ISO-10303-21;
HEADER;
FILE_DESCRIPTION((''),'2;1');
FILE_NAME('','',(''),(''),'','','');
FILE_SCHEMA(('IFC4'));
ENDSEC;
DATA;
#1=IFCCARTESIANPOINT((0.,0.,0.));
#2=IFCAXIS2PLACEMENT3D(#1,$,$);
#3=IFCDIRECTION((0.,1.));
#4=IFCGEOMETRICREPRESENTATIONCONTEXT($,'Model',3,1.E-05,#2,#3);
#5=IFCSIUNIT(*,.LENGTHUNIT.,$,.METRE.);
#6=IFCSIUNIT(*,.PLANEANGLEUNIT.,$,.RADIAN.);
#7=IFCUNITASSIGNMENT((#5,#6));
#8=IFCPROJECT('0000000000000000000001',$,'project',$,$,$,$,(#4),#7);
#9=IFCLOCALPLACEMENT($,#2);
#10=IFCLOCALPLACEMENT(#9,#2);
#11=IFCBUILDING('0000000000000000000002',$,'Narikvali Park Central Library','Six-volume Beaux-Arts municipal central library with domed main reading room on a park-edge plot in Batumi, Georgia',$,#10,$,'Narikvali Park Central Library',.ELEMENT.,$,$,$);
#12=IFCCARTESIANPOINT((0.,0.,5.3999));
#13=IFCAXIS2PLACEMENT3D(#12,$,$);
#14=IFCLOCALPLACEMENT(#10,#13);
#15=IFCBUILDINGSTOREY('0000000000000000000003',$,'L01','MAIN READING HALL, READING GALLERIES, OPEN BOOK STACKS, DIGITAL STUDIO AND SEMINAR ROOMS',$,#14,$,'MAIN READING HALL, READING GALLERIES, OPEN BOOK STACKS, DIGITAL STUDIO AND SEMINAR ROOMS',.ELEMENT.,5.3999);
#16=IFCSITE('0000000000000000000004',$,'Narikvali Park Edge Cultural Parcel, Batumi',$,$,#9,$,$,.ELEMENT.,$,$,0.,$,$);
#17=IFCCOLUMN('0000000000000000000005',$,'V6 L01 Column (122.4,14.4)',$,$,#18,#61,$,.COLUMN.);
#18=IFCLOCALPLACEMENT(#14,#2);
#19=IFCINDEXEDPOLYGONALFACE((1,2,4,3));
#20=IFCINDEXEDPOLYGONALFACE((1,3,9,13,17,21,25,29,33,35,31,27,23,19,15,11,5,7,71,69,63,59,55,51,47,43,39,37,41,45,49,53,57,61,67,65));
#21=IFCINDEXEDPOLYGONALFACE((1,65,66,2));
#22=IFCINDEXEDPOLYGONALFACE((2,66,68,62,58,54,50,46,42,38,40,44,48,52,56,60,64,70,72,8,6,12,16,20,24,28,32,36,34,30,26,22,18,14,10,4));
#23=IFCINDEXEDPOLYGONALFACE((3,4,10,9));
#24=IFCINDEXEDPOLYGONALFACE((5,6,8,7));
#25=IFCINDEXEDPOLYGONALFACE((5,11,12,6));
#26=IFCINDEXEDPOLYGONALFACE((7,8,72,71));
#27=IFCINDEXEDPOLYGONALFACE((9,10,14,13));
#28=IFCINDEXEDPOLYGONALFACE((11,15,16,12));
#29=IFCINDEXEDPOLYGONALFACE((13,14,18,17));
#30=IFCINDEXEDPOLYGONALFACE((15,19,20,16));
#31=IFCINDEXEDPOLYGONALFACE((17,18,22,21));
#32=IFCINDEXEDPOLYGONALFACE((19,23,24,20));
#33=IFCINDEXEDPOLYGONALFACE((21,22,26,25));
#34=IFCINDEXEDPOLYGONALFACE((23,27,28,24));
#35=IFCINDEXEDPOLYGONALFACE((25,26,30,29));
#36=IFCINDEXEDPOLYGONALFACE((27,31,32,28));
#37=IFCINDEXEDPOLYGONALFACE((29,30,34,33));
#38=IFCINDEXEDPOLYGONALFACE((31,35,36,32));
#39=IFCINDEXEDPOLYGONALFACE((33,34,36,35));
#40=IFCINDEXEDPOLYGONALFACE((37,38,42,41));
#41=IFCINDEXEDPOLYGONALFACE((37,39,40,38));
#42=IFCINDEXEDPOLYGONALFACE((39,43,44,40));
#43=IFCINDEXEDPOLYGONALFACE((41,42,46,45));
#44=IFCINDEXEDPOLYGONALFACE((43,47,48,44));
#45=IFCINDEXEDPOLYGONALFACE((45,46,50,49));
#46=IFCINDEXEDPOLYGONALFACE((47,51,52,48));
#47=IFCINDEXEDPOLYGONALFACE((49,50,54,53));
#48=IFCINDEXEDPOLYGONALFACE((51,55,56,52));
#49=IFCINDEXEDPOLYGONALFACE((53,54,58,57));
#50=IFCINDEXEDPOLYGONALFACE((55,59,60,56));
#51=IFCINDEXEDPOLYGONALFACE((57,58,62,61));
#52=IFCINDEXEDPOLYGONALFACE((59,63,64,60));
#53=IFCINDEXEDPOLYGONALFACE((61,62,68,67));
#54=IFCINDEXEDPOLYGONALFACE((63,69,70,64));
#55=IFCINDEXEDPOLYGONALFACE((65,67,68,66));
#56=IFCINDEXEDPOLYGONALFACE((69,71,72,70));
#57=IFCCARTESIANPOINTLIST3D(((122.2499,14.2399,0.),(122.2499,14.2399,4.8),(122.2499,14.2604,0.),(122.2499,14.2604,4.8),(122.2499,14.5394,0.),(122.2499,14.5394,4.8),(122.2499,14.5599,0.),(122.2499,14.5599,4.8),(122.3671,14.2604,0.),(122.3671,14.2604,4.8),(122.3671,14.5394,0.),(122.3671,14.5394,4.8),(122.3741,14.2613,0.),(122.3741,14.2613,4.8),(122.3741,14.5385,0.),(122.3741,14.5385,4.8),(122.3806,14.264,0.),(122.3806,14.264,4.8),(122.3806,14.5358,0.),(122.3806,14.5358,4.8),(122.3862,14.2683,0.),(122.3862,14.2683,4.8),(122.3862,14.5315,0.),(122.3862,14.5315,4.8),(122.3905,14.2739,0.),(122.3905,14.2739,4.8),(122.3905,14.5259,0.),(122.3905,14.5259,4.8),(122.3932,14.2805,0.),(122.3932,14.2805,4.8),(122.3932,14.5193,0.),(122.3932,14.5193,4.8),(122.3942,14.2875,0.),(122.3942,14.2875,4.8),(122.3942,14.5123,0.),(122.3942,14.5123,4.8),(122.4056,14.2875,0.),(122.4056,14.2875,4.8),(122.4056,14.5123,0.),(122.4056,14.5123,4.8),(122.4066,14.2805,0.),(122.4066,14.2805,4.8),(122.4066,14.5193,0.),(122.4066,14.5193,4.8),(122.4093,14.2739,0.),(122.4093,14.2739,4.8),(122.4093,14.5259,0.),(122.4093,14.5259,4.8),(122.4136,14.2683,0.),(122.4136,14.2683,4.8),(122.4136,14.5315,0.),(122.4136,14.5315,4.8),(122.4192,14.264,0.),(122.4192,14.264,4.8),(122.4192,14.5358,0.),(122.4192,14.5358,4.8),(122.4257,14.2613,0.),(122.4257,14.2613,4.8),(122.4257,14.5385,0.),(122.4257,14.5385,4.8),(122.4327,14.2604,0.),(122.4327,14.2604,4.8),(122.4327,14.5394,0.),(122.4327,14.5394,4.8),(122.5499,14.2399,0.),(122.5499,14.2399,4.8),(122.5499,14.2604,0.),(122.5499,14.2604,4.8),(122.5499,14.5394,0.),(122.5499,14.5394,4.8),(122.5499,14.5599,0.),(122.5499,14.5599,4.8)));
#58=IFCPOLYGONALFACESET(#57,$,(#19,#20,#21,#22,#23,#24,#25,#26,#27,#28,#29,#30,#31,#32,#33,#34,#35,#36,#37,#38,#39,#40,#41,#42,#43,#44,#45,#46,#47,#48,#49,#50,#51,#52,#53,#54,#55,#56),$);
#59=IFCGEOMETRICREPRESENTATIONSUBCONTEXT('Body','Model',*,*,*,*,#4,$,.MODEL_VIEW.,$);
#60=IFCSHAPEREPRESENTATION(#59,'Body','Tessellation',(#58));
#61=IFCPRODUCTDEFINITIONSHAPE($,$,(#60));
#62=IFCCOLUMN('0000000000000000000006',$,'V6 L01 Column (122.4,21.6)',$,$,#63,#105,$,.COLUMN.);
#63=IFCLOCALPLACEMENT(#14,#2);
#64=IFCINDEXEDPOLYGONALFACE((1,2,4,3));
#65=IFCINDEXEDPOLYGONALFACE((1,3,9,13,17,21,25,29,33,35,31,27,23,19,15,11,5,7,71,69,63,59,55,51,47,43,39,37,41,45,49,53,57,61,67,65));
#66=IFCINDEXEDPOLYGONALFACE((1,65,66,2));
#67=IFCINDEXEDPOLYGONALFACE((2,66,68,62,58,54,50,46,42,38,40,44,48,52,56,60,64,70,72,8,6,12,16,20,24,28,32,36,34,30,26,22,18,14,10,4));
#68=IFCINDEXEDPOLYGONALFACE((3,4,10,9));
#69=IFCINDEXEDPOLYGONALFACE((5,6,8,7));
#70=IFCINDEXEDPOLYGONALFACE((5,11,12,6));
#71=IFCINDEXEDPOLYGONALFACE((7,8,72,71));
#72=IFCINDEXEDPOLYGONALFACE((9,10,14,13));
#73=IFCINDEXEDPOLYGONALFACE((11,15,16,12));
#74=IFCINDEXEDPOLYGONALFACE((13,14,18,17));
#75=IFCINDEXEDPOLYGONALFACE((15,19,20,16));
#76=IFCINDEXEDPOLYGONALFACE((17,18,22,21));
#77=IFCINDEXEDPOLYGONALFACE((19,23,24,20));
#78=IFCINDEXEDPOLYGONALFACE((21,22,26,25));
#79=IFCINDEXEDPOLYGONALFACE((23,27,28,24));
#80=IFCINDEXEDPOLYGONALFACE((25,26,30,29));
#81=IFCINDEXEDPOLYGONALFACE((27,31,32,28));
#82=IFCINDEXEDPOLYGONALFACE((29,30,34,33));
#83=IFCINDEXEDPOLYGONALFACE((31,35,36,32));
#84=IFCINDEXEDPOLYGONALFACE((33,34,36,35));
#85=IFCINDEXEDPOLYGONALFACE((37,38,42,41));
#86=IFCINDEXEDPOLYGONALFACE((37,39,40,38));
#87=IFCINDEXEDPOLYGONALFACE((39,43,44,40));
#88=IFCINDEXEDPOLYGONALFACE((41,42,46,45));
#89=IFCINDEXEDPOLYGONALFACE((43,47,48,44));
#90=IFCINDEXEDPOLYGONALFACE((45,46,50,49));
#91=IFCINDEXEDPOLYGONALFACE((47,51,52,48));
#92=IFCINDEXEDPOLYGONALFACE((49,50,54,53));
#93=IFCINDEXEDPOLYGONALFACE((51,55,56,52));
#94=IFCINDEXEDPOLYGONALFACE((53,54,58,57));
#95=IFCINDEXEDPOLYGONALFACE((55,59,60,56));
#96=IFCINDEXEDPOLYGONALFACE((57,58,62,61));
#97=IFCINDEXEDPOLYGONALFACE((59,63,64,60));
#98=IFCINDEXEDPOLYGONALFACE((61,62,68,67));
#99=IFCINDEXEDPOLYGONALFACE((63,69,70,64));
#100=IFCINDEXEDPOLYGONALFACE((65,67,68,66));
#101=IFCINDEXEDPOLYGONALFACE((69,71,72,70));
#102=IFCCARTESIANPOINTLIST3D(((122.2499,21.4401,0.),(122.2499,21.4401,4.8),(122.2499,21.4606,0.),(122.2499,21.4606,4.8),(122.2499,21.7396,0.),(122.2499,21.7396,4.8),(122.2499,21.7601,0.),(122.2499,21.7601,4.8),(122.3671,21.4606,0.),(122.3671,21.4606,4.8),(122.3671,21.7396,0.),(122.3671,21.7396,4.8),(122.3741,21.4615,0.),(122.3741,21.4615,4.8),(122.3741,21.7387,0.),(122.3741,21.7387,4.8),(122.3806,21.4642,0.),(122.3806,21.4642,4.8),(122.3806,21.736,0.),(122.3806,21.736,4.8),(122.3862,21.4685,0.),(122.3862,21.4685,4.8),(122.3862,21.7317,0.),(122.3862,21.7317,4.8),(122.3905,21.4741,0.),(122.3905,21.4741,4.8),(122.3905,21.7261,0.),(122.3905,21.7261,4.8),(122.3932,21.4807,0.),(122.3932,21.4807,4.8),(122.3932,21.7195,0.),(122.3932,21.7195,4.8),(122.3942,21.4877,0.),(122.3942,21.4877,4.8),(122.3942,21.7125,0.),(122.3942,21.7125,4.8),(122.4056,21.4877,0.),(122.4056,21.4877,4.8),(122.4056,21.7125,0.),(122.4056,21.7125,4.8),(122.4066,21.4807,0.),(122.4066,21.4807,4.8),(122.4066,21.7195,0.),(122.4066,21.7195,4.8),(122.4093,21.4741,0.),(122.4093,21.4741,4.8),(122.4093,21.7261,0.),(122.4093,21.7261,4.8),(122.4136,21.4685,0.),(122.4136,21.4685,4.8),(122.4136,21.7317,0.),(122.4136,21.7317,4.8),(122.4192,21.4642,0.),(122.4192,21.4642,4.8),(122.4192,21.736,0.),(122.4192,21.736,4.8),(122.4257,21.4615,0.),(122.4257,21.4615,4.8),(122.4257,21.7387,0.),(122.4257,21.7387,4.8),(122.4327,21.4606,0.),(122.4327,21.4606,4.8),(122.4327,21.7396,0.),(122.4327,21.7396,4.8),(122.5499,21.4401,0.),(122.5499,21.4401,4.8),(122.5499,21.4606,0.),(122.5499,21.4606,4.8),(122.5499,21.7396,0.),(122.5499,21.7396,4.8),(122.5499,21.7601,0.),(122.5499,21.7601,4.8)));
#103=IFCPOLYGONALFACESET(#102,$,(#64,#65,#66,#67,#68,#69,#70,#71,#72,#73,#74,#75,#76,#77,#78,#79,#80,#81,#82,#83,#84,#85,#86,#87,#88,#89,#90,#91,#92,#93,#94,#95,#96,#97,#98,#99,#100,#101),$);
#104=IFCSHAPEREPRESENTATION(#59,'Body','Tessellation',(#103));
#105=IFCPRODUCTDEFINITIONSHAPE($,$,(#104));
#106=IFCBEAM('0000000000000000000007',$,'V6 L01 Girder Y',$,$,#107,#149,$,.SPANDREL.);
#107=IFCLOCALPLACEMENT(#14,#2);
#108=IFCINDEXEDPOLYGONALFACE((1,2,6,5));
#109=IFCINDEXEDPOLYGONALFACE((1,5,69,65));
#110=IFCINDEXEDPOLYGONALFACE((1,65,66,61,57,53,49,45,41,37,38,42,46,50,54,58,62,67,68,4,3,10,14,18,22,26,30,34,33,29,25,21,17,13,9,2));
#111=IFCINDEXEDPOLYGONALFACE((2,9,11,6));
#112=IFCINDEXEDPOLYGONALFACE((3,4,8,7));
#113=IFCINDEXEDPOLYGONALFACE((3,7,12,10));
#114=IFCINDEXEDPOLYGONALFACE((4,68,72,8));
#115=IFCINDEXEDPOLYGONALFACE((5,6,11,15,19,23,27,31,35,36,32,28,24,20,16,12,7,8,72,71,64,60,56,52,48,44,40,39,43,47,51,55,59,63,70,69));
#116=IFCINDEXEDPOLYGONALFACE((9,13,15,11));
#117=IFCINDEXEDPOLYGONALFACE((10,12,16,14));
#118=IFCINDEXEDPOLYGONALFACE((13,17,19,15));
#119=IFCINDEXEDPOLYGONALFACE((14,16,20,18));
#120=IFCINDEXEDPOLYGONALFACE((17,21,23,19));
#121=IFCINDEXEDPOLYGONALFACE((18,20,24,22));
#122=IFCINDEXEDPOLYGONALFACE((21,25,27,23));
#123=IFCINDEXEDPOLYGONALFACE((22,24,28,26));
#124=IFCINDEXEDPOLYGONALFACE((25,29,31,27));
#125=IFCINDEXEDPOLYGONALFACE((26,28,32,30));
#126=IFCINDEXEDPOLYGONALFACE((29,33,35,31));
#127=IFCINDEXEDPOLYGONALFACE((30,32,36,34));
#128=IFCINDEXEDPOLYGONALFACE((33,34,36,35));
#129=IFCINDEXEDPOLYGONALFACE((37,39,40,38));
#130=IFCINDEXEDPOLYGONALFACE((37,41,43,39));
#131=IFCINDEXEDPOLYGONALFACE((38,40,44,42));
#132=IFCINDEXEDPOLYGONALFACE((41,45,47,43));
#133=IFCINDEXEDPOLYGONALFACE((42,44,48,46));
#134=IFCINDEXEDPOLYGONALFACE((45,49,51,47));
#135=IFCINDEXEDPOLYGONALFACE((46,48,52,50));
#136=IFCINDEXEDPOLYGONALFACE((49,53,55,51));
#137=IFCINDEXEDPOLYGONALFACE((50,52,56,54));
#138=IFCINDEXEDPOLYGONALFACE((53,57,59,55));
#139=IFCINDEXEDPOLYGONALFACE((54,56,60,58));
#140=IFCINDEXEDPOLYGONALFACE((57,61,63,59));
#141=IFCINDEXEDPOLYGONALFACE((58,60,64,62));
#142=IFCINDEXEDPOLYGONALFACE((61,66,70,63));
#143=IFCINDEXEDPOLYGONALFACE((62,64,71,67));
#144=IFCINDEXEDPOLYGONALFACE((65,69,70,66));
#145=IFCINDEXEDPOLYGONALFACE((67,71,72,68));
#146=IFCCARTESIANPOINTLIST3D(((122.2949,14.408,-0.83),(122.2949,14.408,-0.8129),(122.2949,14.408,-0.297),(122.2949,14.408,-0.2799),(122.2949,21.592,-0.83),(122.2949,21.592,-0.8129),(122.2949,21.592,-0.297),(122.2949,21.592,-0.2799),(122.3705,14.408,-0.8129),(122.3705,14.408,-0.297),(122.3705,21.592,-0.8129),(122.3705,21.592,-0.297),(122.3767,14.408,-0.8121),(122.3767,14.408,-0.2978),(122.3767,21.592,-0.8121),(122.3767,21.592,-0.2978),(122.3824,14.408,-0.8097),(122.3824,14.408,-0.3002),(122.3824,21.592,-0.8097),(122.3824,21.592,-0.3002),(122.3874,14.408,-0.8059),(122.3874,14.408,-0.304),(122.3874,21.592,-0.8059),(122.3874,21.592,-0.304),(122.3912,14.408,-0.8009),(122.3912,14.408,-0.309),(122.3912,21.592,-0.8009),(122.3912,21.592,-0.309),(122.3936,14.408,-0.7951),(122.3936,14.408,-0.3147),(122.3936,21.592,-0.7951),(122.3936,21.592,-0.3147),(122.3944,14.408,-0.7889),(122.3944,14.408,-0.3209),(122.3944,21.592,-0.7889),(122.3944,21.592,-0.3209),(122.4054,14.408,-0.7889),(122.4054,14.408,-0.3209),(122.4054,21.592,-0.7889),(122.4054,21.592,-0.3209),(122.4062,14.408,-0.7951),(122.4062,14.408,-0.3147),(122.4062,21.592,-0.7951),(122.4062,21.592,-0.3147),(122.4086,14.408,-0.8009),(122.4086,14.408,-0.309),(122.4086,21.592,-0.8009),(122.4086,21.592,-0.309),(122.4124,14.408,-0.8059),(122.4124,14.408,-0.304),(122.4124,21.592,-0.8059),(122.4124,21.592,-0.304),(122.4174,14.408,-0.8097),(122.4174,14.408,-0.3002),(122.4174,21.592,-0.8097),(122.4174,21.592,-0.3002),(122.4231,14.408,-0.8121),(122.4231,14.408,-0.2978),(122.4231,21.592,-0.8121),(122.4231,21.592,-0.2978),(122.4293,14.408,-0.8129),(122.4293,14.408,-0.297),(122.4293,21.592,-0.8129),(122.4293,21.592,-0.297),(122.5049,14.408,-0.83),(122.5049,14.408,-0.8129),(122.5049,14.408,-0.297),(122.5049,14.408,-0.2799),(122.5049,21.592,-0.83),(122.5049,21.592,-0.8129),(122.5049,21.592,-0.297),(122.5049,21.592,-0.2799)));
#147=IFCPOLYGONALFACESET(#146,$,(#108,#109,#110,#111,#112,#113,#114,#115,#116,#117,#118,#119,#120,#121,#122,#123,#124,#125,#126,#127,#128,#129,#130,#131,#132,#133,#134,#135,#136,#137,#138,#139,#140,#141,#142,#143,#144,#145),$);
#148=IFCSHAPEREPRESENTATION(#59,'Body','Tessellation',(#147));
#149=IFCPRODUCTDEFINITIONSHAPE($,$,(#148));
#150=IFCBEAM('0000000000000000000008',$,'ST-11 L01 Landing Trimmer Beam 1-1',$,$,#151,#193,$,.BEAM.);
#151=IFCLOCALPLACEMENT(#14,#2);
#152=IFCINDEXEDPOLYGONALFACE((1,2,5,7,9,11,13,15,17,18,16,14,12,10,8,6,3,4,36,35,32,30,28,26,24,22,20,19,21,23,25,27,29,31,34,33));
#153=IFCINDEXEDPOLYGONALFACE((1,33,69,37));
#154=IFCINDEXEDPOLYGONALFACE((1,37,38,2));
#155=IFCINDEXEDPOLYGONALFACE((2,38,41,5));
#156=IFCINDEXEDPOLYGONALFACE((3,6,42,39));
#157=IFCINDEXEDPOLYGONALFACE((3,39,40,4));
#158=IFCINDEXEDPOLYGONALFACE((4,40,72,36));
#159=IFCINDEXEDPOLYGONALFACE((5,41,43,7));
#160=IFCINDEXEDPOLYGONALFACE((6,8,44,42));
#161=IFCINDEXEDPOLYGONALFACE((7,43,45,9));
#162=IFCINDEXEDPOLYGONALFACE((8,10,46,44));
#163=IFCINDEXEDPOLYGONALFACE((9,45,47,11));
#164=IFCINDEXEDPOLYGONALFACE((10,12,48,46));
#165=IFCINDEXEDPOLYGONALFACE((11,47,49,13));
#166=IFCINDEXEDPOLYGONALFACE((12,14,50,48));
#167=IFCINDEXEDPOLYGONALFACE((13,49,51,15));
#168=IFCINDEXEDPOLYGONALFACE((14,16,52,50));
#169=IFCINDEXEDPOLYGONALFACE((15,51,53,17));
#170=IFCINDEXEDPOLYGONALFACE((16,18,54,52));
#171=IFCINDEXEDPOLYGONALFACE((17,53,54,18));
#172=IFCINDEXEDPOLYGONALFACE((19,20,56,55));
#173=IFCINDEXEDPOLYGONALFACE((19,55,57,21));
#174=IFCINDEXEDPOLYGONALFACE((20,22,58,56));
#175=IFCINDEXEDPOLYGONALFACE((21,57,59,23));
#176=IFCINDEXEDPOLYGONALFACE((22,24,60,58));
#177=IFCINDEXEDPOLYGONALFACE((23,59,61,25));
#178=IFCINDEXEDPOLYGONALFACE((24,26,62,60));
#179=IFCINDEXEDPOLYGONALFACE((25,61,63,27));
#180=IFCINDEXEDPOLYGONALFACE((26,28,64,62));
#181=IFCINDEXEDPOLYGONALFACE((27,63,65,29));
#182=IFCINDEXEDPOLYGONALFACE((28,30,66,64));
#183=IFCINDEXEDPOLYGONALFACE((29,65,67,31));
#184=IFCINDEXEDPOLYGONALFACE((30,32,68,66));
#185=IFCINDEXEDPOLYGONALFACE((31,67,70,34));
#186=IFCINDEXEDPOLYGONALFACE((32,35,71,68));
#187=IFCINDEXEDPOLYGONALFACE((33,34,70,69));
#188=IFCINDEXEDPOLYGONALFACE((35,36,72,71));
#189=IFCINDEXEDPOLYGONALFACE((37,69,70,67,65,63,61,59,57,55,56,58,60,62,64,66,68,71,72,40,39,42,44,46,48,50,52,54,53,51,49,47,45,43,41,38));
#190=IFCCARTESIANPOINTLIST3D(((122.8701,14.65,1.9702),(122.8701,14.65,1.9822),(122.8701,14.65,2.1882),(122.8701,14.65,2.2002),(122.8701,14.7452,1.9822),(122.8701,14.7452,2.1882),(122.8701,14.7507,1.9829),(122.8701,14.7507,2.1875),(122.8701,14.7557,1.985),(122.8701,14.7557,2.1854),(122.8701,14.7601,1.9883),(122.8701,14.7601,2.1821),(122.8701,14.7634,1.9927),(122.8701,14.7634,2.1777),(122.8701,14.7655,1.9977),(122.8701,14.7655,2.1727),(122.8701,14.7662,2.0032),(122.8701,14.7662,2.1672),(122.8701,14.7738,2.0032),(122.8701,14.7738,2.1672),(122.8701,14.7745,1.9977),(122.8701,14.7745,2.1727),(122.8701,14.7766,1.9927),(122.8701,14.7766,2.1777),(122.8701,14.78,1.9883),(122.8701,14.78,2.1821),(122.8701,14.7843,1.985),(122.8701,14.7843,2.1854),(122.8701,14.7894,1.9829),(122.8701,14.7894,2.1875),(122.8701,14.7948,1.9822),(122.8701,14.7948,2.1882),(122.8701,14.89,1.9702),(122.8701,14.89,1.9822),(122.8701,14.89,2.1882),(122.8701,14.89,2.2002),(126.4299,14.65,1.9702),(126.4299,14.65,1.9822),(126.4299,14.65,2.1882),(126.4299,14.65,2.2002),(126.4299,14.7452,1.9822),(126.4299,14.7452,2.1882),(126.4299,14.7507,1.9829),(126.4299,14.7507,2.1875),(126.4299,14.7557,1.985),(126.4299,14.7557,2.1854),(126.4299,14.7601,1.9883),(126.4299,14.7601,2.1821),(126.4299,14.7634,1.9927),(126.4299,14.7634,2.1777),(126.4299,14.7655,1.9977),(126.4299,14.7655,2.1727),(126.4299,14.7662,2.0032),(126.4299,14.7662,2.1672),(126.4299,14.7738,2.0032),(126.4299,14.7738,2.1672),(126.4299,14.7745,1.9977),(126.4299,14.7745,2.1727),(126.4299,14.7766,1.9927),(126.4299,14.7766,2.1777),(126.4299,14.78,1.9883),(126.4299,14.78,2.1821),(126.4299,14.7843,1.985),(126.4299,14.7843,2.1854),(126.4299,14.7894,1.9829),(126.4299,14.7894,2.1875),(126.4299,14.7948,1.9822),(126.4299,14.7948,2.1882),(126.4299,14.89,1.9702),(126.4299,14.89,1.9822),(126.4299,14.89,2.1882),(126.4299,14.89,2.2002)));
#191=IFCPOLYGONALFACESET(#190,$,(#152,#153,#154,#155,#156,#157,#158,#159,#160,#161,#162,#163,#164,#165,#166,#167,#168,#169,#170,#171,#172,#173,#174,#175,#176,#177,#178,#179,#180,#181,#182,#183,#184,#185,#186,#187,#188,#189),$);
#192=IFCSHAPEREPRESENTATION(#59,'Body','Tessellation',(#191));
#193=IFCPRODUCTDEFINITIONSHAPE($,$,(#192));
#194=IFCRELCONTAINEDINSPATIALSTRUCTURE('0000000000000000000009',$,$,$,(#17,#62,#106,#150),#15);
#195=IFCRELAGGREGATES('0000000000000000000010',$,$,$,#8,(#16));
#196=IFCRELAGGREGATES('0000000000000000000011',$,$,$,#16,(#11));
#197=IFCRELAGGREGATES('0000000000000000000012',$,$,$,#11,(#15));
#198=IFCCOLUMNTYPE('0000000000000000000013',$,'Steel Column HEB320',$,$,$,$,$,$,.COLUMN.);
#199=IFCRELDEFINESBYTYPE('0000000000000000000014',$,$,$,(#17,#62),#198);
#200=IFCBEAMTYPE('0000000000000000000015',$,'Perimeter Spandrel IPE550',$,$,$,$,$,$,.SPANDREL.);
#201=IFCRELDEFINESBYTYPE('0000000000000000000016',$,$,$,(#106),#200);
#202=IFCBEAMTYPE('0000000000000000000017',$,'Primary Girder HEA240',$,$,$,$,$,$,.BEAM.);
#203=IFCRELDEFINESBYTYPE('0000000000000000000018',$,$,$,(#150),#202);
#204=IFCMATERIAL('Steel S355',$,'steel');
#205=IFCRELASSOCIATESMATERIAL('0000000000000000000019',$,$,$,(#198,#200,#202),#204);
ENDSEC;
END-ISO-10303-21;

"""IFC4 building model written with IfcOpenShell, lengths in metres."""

from ifc_helpers import new_model, si_unit, direction, frame, origin, origin_2d, place, context, subcontext, project, spatial, i_section, extrude, material, material_profile, profile_set, type_object, element, save


model = new_model("IFC4")

# Units and contexts
model_context = context("Model", 3, precision=1e-05, world=origin(), true_north=direction((0.0, 1.0)))
body_context = subcontext(model_context, "Body", "Model", "MODEL_VIEW")
ifc_project = project(units=[si_unit("LENGTHUNIT", "METRE"), si_unit("PLANEANGLEUNIT", "RADIAN")], contexts=[model_context])

# Site, building, storey
site_placement = place(None, origin())
site = spatial("IfcSite", under=ifc_project, at=site_placement, Name="Narikvali Park Edge Cultural Parcel, Batumi", CompositionType="ELEMENT", RefElevation=0.0)
building_placement = place(site_placement, origin())
building = spatial("IfcBuilding", under=site, at=building_placement, Name="Narikvali Park Central Library", Description="Six-volume Beaux-Arts municipal central library with domed main reading room on a park-edge plot in Batumi, Georgia", LongName="Narikvali Park Central Library", CompositionType="ELEMENT")
storey_placement = place(building_placement, frame((0.0, 0.0, 5.3999)))
storey = spatial("IfcBuildingStorey", under=building, at=storey_placement, Name="L01", Description="MAIN READING HALL, READING GALLERIES, OPEN BOOK STACKS, DIGITAL STUDIO AND SEMINAR ROOMS", LongName="MAIN READING HALL, READING GALLERIES, OPEN BOOK STACKS, DIGITAL STUDIO AND SEMINAR ROOMS", CompositionType="ELEMENT", Elevation=5.3999)

# Columns
ifc_material_1 = material(Name="Steel S355", Category="steel")
ifc_material_profile_1 = material_profile(ifc_material_1, i_section(OverallWidth=0.3, OverallDepth=0.3201, WebThickness=0.0115, FlangeThickness=0.0205, FilletRadius=0.0271, at=origin_2d()), Name="HEB 320")
ifc_profile_set_1 = profile_set([ifc_material_profile_1], Name="Steel S355")
column_type = type_object("IfcColumnType", Name="Steel Column HEB320", PredefinedType="COLUMN", material=ifc_profile_set_1)
for number, where, z_axis, x_axis, name in (
    (1, (122.3999, 14.3999, 0.0), (0.0, 0.0, 1.0), (1.0, 0.0, 0.0), "V6 L01 Column (122.4,14.4)"),
    (2, (122.3999, 21.6001, 0.0), (0.0, 0.0, 1.0), (1.0, 0.0, 0.0), "V6 L01 Column (122.4,21.6)"),
):
    element("IfcColumn", number, at=place(storey_placement, frame(where, z_axis=z_axis, x_axis=x_axis)), inside=storey, type_object=column_type, Name=name, PredefinedType="COLUMN", context=body_context, shape_type="SweptSolid", body=[
        extrude(i_section(OverallWidth=0.3, OverallDepth=0.3201, WebThickness=0.0115, FlangeThickness=0.0205, FilletRadius=0.0271, at=origin_2d()), origin(), (0.0, 0.0, 1.0), 4.8),
    ])

# Beams
ifc_material_profile_2 = material_profile(ifc_material_1, i_section(OverallWidth=0.21, OverallDepth=0.55, WebThickness=0.011, FlangeThickness=0.0171, FilletRadius=0.0239, at=origin_2d()), Name="IPE 550")
ifc_profile_set_2 = profile_set([ifc_material_profile_2], Name="Steel S355")
beam_type_1 = type_object("IfcBeamType", Name="Perimeter Spandrel IPE550", PredefinedType="SPANDREL", material=ifc_profile_set_2)
beam_1_placement = place(storey_placement, frame((122.3999, 14.408, -0.5549), z_axis=(0.0, 1.0, 0.0), x_axis=(-1.0, 0.0, 0.0)))
element("IfcBeam", 3, at=beam_1_placement, inside=storey, type_object=beam_type_1, Name="V6 L01 Girder Y", PredefinedType="SPANDREL", context=body_context, shape_type="SweptSolid", body=[
    extrude(i_section(OverallWidth=0.21, OverallDepth=0.55, WebThickness=0.011, FlangeThickness=0.0171, FilletRadius=0.0239, at=origin_2d()), origin(), (0.0, 0.0, 1.0), 7.1841),
])
ifc_material_profile_3 = material_profile(ifc_material_1, i_section(OverallWidth=0.24, OverallDepth=0.23, WebThickness=0.0076, FlangeThickness=0.012, FilletRadius=0.021, at=origin_2d()), Name="HEA 240")
ifc_profile_set_3 = profile_set([ifc_material_profile_3], Name="Steel S355")
beam_type_2 = type_object("IfcBeamType", Name="Primary Girder HEA240", PredefinedType="BEAM", material=ifc_profile_set_3)
for number, where, z_axis, x_axis, name in (
    (4, (122.8701, 14.77, 2.0852), (1.0, 0.0, 0.0), (0.0, 1.0, 0.0), "ST-11 L01 Landing Trimmer Beam 1-1"),
):
    element("IfcBeam", number, at=place(storey_placement, frame(where, z_axis=z_axis, x_axis=x_axis)), inside=storey, type_object=beam_type_2, Name=name, PredefinedType="BEAM", context=body_context, shape_type="SweptSolid", body=[
        extrude(i_section(OverallWidth=0.24, OverallDepth=0.23, WebThickness=0.0076, FlangeThickness=0.012, FilletRadius=0.021, at=origin_2d()), origin(), (0.0, 0.0, 1.0), 3.5598),
    ])

save(model, "model.ifc")
